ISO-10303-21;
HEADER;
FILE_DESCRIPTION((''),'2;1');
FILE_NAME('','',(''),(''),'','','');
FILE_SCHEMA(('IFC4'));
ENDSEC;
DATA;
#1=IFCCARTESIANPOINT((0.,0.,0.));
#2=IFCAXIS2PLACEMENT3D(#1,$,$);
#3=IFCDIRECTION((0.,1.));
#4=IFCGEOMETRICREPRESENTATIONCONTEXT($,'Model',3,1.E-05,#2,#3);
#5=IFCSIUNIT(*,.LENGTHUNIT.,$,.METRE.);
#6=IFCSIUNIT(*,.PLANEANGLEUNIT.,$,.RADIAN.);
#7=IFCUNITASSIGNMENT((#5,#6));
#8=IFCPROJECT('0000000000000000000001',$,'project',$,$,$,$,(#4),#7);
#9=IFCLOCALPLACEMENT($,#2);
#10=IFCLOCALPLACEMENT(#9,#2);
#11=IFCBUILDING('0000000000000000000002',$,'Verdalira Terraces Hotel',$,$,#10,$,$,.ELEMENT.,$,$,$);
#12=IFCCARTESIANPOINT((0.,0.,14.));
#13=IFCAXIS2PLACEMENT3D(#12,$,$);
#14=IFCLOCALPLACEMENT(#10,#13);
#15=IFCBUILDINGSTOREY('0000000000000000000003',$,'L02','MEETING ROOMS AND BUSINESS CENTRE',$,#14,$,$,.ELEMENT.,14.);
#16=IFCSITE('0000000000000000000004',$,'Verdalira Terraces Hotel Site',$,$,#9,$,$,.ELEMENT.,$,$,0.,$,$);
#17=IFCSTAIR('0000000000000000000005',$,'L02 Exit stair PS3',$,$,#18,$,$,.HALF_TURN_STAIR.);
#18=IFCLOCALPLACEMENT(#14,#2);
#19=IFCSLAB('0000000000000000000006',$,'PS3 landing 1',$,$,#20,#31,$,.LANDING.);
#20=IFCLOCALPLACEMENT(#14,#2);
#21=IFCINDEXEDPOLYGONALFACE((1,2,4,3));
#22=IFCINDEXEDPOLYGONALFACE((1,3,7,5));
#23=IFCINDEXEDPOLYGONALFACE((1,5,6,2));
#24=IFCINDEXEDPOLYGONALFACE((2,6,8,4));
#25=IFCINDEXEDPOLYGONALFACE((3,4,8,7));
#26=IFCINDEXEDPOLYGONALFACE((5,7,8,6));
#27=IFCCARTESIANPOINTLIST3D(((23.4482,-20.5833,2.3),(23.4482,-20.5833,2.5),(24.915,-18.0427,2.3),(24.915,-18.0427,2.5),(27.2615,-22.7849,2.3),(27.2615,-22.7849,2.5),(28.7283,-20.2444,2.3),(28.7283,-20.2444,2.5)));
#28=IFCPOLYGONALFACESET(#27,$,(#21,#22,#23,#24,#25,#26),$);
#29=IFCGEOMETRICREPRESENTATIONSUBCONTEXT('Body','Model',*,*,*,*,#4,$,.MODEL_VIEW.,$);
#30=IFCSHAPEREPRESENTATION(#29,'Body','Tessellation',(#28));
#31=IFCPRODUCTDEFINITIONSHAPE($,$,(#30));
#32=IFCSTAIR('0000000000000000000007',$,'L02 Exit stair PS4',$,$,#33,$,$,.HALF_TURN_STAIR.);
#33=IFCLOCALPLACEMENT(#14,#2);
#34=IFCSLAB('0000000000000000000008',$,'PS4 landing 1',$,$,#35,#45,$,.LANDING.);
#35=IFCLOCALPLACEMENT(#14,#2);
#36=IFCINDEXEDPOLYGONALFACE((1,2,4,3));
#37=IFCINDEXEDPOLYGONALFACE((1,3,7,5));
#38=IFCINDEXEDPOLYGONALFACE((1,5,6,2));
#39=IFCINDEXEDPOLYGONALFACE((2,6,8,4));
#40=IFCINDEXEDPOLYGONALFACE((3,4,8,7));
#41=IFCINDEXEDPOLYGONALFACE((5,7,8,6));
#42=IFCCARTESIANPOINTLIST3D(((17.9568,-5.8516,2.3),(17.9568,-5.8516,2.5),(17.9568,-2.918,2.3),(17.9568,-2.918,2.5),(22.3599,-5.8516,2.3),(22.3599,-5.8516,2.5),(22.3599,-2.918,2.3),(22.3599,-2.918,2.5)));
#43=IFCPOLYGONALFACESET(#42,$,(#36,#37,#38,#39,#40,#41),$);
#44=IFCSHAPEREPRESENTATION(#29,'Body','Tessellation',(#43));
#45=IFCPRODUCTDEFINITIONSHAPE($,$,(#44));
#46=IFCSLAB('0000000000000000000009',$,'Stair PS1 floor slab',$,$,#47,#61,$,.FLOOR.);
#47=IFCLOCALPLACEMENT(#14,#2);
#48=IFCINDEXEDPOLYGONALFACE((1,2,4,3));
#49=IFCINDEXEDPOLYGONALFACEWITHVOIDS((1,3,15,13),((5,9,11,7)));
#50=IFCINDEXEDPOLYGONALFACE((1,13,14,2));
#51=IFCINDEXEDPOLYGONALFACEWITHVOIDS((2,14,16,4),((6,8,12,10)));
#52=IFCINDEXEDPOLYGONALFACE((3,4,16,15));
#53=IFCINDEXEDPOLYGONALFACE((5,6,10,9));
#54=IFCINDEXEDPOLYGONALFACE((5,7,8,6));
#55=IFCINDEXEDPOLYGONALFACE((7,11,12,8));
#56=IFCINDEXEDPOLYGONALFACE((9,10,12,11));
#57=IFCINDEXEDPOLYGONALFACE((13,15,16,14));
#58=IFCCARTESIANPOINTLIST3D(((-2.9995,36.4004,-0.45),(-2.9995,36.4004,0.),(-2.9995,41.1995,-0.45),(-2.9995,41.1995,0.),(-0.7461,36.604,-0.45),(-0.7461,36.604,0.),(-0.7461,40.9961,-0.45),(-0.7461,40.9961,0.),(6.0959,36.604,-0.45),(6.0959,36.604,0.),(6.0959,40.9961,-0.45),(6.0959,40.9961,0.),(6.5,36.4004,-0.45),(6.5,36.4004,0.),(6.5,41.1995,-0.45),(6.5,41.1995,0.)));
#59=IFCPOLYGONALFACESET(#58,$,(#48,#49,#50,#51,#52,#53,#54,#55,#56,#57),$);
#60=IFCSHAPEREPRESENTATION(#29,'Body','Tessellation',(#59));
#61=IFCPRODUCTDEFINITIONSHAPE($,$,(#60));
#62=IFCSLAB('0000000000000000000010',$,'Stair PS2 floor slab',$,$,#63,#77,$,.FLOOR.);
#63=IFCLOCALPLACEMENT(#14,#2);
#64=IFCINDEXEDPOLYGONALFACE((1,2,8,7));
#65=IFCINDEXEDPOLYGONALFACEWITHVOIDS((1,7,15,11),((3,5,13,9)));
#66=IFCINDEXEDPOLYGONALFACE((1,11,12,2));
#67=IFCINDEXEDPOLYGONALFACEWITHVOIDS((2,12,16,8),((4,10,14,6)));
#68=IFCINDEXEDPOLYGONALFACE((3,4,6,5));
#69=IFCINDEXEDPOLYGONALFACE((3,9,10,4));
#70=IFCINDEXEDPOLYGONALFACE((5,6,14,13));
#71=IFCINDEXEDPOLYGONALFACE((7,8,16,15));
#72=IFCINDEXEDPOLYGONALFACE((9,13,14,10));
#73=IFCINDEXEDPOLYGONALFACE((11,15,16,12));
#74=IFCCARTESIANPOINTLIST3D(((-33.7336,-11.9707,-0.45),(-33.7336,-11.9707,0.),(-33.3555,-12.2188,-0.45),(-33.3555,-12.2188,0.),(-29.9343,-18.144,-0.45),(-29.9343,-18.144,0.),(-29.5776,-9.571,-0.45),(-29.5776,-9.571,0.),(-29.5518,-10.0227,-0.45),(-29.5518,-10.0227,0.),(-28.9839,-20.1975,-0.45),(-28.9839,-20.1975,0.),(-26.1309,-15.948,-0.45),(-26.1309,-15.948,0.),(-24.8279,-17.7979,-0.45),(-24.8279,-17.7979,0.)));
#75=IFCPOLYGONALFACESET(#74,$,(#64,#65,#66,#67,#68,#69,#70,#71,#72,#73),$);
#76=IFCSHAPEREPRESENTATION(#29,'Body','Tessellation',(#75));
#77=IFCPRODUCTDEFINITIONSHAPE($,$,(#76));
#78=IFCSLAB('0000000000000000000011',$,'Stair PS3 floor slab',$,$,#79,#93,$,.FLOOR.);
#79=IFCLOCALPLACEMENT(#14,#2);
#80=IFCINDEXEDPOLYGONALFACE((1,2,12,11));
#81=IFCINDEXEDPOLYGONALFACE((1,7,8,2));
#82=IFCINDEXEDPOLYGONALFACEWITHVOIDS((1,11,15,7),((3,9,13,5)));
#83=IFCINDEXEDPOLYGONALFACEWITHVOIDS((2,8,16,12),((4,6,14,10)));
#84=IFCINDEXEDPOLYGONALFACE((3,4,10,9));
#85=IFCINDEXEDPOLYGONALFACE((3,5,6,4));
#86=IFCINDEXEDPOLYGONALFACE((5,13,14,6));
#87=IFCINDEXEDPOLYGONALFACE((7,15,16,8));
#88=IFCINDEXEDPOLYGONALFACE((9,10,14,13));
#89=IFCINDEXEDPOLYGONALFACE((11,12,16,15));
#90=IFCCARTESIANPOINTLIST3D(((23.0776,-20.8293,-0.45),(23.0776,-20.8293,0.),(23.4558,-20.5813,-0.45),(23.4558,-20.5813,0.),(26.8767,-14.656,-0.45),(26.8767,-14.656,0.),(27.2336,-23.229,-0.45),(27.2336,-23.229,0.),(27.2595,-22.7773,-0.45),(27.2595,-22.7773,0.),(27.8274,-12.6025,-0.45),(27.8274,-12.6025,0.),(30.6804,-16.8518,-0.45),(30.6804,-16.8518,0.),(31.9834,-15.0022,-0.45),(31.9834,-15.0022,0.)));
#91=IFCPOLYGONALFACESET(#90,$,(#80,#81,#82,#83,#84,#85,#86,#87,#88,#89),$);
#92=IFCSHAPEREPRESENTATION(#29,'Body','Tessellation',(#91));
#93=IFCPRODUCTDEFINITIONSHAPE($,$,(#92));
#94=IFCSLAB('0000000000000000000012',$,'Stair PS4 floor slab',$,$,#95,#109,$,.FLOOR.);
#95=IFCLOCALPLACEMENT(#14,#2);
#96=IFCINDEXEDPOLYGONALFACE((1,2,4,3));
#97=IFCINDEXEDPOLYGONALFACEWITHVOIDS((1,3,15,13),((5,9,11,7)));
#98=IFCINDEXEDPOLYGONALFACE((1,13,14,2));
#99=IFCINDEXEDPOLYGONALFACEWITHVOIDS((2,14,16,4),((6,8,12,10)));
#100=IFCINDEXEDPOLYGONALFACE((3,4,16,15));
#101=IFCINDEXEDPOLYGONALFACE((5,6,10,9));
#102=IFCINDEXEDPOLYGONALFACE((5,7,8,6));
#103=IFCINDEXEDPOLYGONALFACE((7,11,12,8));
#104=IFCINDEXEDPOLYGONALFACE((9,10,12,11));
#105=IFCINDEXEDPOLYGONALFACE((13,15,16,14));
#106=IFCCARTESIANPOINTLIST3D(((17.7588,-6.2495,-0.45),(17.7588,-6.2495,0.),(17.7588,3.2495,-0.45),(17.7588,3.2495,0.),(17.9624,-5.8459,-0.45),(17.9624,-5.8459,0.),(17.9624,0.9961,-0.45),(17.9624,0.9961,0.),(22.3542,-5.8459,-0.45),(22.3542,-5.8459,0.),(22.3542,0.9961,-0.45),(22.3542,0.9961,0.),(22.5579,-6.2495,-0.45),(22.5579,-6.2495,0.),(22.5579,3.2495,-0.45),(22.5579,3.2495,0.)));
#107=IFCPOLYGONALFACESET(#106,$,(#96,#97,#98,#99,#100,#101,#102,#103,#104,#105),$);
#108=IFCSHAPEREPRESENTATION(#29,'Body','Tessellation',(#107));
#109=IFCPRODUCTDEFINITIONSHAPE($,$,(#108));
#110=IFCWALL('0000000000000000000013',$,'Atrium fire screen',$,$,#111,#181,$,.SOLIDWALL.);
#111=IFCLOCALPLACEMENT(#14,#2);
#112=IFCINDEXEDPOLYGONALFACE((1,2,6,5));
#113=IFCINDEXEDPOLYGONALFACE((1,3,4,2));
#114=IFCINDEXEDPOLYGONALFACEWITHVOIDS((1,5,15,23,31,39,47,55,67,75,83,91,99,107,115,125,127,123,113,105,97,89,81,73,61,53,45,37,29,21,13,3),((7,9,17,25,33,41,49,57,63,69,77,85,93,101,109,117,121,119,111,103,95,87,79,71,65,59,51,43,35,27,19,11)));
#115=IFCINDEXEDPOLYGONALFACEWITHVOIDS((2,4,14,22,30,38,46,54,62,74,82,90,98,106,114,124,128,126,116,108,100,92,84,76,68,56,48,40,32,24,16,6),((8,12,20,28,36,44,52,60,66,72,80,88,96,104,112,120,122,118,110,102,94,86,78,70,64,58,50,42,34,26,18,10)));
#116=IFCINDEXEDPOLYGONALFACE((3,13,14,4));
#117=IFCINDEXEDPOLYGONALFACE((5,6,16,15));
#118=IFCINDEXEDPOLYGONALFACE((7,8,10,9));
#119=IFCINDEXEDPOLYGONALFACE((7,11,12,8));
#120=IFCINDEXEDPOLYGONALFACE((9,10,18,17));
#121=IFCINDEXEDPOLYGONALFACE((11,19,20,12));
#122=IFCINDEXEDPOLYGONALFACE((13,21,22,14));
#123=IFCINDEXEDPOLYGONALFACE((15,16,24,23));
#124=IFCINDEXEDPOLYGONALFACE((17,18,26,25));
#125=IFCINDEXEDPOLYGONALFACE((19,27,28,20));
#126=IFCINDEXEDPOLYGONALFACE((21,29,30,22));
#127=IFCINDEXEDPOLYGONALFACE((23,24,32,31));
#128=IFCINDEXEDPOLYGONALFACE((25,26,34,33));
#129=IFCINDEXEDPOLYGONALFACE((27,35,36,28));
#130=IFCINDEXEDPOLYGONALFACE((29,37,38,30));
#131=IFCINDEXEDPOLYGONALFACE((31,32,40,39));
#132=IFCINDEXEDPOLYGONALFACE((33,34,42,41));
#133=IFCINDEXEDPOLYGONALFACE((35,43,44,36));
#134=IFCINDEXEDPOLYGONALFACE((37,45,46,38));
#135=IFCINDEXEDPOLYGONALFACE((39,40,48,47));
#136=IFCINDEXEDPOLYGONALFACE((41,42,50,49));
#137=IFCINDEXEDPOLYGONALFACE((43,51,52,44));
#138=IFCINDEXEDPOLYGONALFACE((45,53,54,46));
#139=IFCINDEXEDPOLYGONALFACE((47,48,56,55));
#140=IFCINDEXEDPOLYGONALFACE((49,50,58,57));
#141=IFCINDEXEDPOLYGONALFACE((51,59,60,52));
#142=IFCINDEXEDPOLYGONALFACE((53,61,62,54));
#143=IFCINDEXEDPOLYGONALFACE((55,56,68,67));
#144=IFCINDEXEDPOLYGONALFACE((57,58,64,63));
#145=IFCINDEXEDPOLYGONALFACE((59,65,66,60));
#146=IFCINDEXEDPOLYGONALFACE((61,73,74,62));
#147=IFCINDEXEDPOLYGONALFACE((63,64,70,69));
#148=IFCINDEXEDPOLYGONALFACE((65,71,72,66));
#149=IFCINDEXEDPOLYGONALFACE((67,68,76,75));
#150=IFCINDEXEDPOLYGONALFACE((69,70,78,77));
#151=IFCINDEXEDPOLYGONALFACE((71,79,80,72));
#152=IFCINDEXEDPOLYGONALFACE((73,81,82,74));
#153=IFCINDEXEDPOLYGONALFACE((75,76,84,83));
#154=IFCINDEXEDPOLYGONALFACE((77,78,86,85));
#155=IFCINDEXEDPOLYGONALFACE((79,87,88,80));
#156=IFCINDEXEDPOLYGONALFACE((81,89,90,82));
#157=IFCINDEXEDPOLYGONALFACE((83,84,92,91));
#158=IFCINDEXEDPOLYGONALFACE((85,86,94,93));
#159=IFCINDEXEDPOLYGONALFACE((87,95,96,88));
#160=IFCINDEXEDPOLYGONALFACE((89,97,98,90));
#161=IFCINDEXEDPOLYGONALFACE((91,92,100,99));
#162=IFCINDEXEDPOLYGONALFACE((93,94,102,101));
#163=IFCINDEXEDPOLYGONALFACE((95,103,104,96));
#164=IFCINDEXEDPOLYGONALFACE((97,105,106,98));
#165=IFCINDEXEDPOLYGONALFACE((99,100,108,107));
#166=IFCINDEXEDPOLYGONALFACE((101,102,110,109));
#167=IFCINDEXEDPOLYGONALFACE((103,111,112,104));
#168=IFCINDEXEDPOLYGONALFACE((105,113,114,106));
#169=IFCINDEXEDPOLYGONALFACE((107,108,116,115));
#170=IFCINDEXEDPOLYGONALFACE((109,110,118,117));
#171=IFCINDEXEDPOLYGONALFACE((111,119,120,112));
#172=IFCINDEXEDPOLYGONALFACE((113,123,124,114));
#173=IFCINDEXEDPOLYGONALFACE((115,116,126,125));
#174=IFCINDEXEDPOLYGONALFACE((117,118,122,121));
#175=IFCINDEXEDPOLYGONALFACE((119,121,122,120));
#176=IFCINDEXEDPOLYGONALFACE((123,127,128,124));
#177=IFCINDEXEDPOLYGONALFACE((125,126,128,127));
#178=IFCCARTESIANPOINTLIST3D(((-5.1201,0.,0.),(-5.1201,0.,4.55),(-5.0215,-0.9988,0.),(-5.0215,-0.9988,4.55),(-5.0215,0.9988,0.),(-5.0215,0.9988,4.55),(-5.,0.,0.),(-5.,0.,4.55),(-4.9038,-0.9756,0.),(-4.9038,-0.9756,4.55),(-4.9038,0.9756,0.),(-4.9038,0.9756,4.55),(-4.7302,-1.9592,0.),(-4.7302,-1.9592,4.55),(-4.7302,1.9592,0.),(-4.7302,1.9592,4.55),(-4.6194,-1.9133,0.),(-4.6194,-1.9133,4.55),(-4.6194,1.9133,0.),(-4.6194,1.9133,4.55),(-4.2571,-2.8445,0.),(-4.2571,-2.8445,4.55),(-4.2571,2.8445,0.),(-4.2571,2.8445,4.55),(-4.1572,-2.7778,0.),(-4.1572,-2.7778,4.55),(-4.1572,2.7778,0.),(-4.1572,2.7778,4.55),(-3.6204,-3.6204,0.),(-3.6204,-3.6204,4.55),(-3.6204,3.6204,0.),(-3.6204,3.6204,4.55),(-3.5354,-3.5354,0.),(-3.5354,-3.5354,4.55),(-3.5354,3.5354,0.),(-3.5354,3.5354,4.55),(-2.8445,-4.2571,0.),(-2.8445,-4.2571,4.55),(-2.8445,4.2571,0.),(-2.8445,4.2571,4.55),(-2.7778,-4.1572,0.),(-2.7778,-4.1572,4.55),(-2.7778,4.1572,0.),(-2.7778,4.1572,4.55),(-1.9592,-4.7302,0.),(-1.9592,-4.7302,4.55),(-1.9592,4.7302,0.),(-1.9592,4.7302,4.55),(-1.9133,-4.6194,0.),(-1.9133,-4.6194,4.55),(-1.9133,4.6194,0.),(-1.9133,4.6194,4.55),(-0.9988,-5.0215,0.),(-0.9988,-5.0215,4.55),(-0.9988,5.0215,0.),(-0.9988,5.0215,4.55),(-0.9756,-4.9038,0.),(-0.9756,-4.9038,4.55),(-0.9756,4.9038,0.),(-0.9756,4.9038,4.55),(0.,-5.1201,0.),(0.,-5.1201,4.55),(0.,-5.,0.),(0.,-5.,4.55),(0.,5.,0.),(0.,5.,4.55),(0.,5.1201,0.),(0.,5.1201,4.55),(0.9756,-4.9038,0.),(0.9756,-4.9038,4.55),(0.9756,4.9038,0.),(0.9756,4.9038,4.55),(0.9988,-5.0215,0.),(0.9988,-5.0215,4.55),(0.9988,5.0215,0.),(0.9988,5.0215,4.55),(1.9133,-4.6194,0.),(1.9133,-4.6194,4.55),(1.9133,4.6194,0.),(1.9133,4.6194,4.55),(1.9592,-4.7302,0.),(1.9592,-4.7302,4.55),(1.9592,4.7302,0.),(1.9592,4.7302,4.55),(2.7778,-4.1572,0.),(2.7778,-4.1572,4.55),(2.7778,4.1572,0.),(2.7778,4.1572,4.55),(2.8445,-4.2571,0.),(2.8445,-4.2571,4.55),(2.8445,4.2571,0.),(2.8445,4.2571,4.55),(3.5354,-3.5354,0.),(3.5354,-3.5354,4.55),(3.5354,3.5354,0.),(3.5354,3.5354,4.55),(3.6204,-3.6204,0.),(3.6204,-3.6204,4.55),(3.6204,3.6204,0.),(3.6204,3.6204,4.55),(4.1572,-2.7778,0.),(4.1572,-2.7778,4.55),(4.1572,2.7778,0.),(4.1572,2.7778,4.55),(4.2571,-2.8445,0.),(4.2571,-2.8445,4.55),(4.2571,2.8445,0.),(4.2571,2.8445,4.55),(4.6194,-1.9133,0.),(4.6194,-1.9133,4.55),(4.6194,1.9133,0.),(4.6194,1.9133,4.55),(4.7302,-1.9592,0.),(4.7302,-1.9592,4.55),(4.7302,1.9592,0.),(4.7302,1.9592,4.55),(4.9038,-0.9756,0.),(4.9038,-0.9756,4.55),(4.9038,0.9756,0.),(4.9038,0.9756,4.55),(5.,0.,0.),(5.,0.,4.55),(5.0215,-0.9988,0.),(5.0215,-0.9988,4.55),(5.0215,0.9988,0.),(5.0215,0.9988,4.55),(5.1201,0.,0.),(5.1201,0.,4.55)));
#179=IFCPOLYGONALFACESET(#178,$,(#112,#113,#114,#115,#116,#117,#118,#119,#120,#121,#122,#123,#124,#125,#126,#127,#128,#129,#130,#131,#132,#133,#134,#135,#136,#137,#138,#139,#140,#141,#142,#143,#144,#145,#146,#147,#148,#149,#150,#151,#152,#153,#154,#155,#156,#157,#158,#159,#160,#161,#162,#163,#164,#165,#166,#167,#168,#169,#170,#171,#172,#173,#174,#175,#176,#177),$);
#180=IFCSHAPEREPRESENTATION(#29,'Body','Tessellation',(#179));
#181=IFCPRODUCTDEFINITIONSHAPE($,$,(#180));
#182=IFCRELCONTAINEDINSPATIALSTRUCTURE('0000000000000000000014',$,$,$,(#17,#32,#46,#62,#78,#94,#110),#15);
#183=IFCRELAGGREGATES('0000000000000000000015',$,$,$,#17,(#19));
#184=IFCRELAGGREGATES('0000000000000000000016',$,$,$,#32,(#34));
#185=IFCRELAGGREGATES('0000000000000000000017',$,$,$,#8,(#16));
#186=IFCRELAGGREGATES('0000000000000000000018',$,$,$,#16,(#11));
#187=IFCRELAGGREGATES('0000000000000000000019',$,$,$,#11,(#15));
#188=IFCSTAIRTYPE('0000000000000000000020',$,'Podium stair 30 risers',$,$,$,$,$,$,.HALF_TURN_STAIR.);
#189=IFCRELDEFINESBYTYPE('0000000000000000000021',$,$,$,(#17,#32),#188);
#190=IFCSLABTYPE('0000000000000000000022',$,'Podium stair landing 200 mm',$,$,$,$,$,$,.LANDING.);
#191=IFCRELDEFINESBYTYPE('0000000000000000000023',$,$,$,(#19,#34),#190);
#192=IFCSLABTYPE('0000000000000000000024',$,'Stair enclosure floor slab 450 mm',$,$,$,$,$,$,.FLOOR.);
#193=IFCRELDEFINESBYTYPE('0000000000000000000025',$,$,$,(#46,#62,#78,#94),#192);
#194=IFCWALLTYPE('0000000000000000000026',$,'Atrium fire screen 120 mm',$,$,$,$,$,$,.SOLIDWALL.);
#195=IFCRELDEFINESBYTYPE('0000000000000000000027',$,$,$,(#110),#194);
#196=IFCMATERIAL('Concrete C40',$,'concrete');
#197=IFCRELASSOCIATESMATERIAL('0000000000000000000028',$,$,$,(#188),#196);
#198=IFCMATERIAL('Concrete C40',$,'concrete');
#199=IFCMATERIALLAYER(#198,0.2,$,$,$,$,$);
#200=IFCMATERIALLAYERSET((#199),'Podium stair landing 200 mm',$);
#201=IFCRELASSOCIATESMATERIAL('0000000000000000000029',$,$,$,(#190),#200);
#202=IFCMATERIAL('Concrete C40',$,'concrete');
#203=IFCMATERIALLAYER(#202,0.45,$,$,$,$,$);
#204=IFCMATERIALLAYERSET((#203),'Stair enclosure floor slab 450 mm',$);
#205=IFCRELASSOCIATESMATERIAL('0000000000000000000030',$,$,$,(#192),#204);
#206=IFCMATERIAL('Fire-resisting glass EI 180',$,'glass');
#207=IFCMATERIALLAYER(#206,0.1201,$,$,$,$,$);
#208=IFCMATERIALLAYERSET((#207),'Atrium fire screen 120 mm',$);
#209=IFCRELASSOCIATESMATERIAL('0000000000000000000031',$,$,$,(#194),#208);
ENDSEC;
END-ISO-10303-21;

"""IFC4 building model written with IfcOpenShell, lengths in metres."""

from ifc_helpers import new_model, si_unit, direction, frame, origin, place, context, subcontext, project, spatial, polyline, outline, extrude, material, layer, layer_set, type_object, element, aggregate, save


model = new_model("IFC4")

# Units and contexts
model_context = context("Model", 3, precision=1e-05, world=origin(), true_north=direction((0.0, 1.0)))
body_context = subcontext(model_context, "Body", "Model", "MODEL_VIEW")
ifc_project = project(units=[si_unit("LENGTHUNIT", "METRE"), si_unit("PLANEANGLEUNIT", "RADIAN")], contexts=[model_context])

# Site, building, storey
site_placement = place(None, origin())
site = spatial("IfcSite", under=ifc_project, at=site_placement, Name="Verdalira Terraces Hotel Site", CompositionType="ELEMENT", RefElevation=0.0)
building_placement = place(site_placement, origin())
building = spatial("IfcBuilding", under=site, at=building_placement, Name="Verdalira Terraces Hotel", CompositionType="ELEMENT")
storey_placement = place(building_placement, frame((0.0, 0.0, 14.0)))
storey = spatial("IfcBuildingStorey", under=building, at=storey_placement, Name="L02", Description="MEETING ROOMS AND BUSINESS CENTRE", CompositionType="ELEMENT", Elevation=14.0)

# Stairs, slabs
ifc_material_1 = material(Name="Concrete C40", Category="concrete")
stair_type_1 = type_object("IfcStairType", Name="Podium stair 30 risers", PredefinedType="HALF_TURN_STAIR", material=ifc_material_1)
ifc_material_2 = material(Name="Concrete C40", Category="concrete")
ifc_layer_1 = layer(ifc_material_2, 0.2)
ifc_layer_set_1 = layer_set([ifc_layer_1], Name="Podium stair landing 200 mm")
slab_type_1 = type_object("IfcSlabType", Name="Podium stair landing 200 mm", PredefinedType="LANDING", material=ifc_layer_set_1)
stair_1_placement = place(storey_placement, origin())
stair_1 = element("IfcStair", 1, at=stair_1_placement, inside=storey, type_object=stair_type_1, Name="L02 Exit stair PS3", PredefinedType="HALF_TURN_STAIR")
slab_1_placement = place(storey_placement, frame((0.0, 0.0, 2.3)))
slab_1 = element("IfcSlab", 2, at=slab_1_placement, type_object=slab_type_1, Name="PS3 landing 1", PredefinedType="LANDING", context=body_context, shape_type="SweptSolid", body=[
    extrude(outline(polyline([(27.2615, -22.7849), (28.7283, -20.2444), (24.915, -18.0427), (23.4482, -20.5833), (27.2615, -22.7849)])), origin(), (0.0, 0.0, 1.0), 0.2),
])
aggregate(stair_1, [slab_1])
stair_2_placement = place(storey_placement, origin())
stair_2 = element("IfcStair", 3, at=stair_2_placement, inside=storey, type_object=stair_type_1, Name="L02 Exit stair PS4", PredefinedType="HALF_TURN_STAIR")
slab_2_placement = place(storey_placement, frame((0.0, 0.0, 2.3)))
slab_2 = element("IfcSlab", 4, at=slab_2_placement, type_object=slab_type_1, Name="PS4 landing 1", PredefinedType="LANDING", context=body_context, shape_type="SweptSolid", body=[
    extrude(outline(polyline([(22.3599, -5.8516), (22.3599, -2.918), (17.9568, -2.918), (17.9568, -5.8516), (22.3599, -5.8516)])), origin(), (0.0, 0.0, 1.0), 0.2),
])
aggregate(stair_2, [slab_2])

# Slabs
ifc_material_3 = material(Name="Concrete C40", Category="concrete")
ifc_layer_2 = layer(ifc_material_3, 0.45)
ifc_layer_set_2 = layer_set([ifc_layer_2], Name="Stair enclosure floor slab 450 mm")
slab_type_2 = type_object("IfcSlabType", Name="Stair enclosure floor slab 450 mm", PredefinedType="FLOOR", material=ifc_layer_set_2)
slab_3_placement = place(storey_placement, frame((0.0, 0.0, -0.45)))
element("IfcSlab", 5, at=slab_3_placement, inside=storey, type_object=slab_type_2, Name="Stair PS1 floor slab", PredefinedType="FLOOR", context=body_context, shape_type="SweptSolid", body=[
    extrude(outline(polyline([(-2.9995, 36.4004), (-2.9995, 41.1995), (6.5, 41.1995), (6.5, 36.4004), (-2.9995, 36.4004)]), holes=[polyline([(-0.7461, 40.9961), (-0.7461, 36.604), (6.0959, 36.604), (6.0959, 40.9961), (-0.7461, 40.9961)])]), origin(), (0.0, 0.0, 1.0), 0.45),
])
slab_4_placement = place(storey_placement, frame((0.0, 0.0, -0.45)))
element("IfcSlab", 6, at=slab_4_placement, inside=storey, type_object=slab_type_2, Name="Stair PS2 floor slab", PredefinedType="FLOOR", context=body_context, shape_type="SweptSolid", body=[
    extrude(outline(polyline([(-24.8279, -17.7979), (-28.9839, -20.1975), (-33.7336, -11.9707), (-29.5776, -9.571), (-24.8279, -17.7979)]), holes=[polyline([(-29.9343, -18.144), (-26.1309, -15.948), (-29.5518, -10.0227), (-33.3555, -12.2188), (-29.9343, -18.144)])]), origin(), (0.0, 0.0, 1.0), 0.45),
])
slab_5_placement = place(storey_placement, frame((0.0, 0.0, -0.45)))
element("IfcSlab", 7, at=slab_5_placement, inside=storey, type_object=slab_type_2, Name="Stair PS3 floor slab", PredefinedType="FLOOR", context=body_context, shape_type="SweptSolid", body=[
    extrude(outline(polyline([(27.8274, -12.6025), (31.9834, -15.0022), (27.2336, -23.229), (23.0776, -20.8293), (27.8274, -12.6025)]), holes=[polyline([(30.6804, -16.8518), (26.8767, -14.656), (23.4558, -20.5813), (27.2595, -22.7773), (30.6804, -16.8518)])]), origin(), (0.0, 0.0, 1.0), 0.45),
])
slab_6_placement = place(storey_placement, frame((0.0, 0.0, -0.45)))
element("IfcSlab", 8, at=slab_6_placement, inside=storey, type_object=slab_type_2, Name="Stair PS4 floor slab", PredefinedType="FLOOR", context=body_context, shape_type="SweptSolid", body=[
    extrude(outline(polyline([(17.7588, 3.2495), (22.5579, 3.2495), (22.5579, -6.2495), (17.7588, -6.2495), (17.7588, 3.2495)]), holes=[polyline([(22.3542, 0.9961), (17.9624, 0.9961), (17.9624, -5.8459), (22.3542, -5.8459), (22.3542, 0.9961)])]), origin(), (0.0, 0.0, 1.0), 0.45),
])

# Wall
ifc_material_4 = material(Name="Fire-resisting glass EI 180", Category="glass")
ifc_layer_3 = layer(ifc_material_4, 0.1201)
ifc_layer_set_3 = layer_set([ifc_layer_3], Name="Atrium fire screen 120 mm")
wall_type_1 = type_object("IfcWallType", Name="Atrium fire screen 120 mm", PredefinedType="SOLIDWALL", material=ifc_layer_set_3)
wall_1_placement = place(storey_placement, origin())
element("IfcWall", 9, at=wall_1_placement, inside=storey, type_object=wall_type_1, Name="Atrium fire screen", PredefinedType="SOLIDWALL", context=body_context, shape_type="SweptSolid", body=[
    extrude(outline(polyline([(5.0215, -0.9988), (4.7302, -1.9592), (4.2571, -2.8445), (3.6204, -3.6204), (2.8445, -4.2571), (1.9592, -4.7302), (0.9988, -5.0215), (0.0, -5.1201), (-0.9988, -5.0215), (-1.9592, -4.7302), (-2.8445, -4.2571), (-3.6204, -3.6204), (-4.2571, -2.8445), (-4.7302, -1.9592), (-5.0215, -0.9988), (-5.1201, 0.0), (-5.0215, 0.9988), (-4.7302, 1.9592), (-4.2571, 2.8445), (-3.6204, 3.6204), (-2.8445, 4.2571), (-1.9592, 4.7302), (-0.9988, 5.0215), (0.0, 5.1201), (0.9988, 5.0215), (1.9592, 4.7302), (2.8445, 4.2571), (3.6204, 3.6204), (4.2571, 2.8445), (4.7302, 1.9592), (5.0215, 0.9988), (5.1201, 0.0), (5.0215, -0.9988)]), holes=[polyline([(4.9038, 0.9756), (4.6194, 1.9133), (4.1572, 2.7778), (3.5354, 3.5354), (2.7778, 4.1572), (1.9133, 4.6194), (0.9756, 4.9038), (0.0, 5.0), (-0.9756, 4.9038), (-1.9133, 4.6194), (-2.7778, 4.1572), (-3.5354, 3.5354), (-4.1572, 2.7778), (-4.6194, 1.9133), (-4.9038, 0.9756), (-5.0, 0.0), (-4.9038, -0.9756), (-4.6194, -1.9133), (-4.1572, -2.7778), (-3.5354, -3.5354), (-2.7778, -4.1572), (-1.9133, -4.6194), (-0.9756, -4.9038), (0.0, -5.0), (0.9756, -4.9038), (1.9133, -4.6194), (2.7778, -4.1572), (3.5354, -3.5354), (4.1572, -2.7778), (4.6194, -1.9133), (4.9038, -0.9756), (5.0, 0.0), (4.9038, 0.9756)])]), origin(), (0.0, 0.0, 1.0), 4.55),
])

save(model, "model.ifc")
